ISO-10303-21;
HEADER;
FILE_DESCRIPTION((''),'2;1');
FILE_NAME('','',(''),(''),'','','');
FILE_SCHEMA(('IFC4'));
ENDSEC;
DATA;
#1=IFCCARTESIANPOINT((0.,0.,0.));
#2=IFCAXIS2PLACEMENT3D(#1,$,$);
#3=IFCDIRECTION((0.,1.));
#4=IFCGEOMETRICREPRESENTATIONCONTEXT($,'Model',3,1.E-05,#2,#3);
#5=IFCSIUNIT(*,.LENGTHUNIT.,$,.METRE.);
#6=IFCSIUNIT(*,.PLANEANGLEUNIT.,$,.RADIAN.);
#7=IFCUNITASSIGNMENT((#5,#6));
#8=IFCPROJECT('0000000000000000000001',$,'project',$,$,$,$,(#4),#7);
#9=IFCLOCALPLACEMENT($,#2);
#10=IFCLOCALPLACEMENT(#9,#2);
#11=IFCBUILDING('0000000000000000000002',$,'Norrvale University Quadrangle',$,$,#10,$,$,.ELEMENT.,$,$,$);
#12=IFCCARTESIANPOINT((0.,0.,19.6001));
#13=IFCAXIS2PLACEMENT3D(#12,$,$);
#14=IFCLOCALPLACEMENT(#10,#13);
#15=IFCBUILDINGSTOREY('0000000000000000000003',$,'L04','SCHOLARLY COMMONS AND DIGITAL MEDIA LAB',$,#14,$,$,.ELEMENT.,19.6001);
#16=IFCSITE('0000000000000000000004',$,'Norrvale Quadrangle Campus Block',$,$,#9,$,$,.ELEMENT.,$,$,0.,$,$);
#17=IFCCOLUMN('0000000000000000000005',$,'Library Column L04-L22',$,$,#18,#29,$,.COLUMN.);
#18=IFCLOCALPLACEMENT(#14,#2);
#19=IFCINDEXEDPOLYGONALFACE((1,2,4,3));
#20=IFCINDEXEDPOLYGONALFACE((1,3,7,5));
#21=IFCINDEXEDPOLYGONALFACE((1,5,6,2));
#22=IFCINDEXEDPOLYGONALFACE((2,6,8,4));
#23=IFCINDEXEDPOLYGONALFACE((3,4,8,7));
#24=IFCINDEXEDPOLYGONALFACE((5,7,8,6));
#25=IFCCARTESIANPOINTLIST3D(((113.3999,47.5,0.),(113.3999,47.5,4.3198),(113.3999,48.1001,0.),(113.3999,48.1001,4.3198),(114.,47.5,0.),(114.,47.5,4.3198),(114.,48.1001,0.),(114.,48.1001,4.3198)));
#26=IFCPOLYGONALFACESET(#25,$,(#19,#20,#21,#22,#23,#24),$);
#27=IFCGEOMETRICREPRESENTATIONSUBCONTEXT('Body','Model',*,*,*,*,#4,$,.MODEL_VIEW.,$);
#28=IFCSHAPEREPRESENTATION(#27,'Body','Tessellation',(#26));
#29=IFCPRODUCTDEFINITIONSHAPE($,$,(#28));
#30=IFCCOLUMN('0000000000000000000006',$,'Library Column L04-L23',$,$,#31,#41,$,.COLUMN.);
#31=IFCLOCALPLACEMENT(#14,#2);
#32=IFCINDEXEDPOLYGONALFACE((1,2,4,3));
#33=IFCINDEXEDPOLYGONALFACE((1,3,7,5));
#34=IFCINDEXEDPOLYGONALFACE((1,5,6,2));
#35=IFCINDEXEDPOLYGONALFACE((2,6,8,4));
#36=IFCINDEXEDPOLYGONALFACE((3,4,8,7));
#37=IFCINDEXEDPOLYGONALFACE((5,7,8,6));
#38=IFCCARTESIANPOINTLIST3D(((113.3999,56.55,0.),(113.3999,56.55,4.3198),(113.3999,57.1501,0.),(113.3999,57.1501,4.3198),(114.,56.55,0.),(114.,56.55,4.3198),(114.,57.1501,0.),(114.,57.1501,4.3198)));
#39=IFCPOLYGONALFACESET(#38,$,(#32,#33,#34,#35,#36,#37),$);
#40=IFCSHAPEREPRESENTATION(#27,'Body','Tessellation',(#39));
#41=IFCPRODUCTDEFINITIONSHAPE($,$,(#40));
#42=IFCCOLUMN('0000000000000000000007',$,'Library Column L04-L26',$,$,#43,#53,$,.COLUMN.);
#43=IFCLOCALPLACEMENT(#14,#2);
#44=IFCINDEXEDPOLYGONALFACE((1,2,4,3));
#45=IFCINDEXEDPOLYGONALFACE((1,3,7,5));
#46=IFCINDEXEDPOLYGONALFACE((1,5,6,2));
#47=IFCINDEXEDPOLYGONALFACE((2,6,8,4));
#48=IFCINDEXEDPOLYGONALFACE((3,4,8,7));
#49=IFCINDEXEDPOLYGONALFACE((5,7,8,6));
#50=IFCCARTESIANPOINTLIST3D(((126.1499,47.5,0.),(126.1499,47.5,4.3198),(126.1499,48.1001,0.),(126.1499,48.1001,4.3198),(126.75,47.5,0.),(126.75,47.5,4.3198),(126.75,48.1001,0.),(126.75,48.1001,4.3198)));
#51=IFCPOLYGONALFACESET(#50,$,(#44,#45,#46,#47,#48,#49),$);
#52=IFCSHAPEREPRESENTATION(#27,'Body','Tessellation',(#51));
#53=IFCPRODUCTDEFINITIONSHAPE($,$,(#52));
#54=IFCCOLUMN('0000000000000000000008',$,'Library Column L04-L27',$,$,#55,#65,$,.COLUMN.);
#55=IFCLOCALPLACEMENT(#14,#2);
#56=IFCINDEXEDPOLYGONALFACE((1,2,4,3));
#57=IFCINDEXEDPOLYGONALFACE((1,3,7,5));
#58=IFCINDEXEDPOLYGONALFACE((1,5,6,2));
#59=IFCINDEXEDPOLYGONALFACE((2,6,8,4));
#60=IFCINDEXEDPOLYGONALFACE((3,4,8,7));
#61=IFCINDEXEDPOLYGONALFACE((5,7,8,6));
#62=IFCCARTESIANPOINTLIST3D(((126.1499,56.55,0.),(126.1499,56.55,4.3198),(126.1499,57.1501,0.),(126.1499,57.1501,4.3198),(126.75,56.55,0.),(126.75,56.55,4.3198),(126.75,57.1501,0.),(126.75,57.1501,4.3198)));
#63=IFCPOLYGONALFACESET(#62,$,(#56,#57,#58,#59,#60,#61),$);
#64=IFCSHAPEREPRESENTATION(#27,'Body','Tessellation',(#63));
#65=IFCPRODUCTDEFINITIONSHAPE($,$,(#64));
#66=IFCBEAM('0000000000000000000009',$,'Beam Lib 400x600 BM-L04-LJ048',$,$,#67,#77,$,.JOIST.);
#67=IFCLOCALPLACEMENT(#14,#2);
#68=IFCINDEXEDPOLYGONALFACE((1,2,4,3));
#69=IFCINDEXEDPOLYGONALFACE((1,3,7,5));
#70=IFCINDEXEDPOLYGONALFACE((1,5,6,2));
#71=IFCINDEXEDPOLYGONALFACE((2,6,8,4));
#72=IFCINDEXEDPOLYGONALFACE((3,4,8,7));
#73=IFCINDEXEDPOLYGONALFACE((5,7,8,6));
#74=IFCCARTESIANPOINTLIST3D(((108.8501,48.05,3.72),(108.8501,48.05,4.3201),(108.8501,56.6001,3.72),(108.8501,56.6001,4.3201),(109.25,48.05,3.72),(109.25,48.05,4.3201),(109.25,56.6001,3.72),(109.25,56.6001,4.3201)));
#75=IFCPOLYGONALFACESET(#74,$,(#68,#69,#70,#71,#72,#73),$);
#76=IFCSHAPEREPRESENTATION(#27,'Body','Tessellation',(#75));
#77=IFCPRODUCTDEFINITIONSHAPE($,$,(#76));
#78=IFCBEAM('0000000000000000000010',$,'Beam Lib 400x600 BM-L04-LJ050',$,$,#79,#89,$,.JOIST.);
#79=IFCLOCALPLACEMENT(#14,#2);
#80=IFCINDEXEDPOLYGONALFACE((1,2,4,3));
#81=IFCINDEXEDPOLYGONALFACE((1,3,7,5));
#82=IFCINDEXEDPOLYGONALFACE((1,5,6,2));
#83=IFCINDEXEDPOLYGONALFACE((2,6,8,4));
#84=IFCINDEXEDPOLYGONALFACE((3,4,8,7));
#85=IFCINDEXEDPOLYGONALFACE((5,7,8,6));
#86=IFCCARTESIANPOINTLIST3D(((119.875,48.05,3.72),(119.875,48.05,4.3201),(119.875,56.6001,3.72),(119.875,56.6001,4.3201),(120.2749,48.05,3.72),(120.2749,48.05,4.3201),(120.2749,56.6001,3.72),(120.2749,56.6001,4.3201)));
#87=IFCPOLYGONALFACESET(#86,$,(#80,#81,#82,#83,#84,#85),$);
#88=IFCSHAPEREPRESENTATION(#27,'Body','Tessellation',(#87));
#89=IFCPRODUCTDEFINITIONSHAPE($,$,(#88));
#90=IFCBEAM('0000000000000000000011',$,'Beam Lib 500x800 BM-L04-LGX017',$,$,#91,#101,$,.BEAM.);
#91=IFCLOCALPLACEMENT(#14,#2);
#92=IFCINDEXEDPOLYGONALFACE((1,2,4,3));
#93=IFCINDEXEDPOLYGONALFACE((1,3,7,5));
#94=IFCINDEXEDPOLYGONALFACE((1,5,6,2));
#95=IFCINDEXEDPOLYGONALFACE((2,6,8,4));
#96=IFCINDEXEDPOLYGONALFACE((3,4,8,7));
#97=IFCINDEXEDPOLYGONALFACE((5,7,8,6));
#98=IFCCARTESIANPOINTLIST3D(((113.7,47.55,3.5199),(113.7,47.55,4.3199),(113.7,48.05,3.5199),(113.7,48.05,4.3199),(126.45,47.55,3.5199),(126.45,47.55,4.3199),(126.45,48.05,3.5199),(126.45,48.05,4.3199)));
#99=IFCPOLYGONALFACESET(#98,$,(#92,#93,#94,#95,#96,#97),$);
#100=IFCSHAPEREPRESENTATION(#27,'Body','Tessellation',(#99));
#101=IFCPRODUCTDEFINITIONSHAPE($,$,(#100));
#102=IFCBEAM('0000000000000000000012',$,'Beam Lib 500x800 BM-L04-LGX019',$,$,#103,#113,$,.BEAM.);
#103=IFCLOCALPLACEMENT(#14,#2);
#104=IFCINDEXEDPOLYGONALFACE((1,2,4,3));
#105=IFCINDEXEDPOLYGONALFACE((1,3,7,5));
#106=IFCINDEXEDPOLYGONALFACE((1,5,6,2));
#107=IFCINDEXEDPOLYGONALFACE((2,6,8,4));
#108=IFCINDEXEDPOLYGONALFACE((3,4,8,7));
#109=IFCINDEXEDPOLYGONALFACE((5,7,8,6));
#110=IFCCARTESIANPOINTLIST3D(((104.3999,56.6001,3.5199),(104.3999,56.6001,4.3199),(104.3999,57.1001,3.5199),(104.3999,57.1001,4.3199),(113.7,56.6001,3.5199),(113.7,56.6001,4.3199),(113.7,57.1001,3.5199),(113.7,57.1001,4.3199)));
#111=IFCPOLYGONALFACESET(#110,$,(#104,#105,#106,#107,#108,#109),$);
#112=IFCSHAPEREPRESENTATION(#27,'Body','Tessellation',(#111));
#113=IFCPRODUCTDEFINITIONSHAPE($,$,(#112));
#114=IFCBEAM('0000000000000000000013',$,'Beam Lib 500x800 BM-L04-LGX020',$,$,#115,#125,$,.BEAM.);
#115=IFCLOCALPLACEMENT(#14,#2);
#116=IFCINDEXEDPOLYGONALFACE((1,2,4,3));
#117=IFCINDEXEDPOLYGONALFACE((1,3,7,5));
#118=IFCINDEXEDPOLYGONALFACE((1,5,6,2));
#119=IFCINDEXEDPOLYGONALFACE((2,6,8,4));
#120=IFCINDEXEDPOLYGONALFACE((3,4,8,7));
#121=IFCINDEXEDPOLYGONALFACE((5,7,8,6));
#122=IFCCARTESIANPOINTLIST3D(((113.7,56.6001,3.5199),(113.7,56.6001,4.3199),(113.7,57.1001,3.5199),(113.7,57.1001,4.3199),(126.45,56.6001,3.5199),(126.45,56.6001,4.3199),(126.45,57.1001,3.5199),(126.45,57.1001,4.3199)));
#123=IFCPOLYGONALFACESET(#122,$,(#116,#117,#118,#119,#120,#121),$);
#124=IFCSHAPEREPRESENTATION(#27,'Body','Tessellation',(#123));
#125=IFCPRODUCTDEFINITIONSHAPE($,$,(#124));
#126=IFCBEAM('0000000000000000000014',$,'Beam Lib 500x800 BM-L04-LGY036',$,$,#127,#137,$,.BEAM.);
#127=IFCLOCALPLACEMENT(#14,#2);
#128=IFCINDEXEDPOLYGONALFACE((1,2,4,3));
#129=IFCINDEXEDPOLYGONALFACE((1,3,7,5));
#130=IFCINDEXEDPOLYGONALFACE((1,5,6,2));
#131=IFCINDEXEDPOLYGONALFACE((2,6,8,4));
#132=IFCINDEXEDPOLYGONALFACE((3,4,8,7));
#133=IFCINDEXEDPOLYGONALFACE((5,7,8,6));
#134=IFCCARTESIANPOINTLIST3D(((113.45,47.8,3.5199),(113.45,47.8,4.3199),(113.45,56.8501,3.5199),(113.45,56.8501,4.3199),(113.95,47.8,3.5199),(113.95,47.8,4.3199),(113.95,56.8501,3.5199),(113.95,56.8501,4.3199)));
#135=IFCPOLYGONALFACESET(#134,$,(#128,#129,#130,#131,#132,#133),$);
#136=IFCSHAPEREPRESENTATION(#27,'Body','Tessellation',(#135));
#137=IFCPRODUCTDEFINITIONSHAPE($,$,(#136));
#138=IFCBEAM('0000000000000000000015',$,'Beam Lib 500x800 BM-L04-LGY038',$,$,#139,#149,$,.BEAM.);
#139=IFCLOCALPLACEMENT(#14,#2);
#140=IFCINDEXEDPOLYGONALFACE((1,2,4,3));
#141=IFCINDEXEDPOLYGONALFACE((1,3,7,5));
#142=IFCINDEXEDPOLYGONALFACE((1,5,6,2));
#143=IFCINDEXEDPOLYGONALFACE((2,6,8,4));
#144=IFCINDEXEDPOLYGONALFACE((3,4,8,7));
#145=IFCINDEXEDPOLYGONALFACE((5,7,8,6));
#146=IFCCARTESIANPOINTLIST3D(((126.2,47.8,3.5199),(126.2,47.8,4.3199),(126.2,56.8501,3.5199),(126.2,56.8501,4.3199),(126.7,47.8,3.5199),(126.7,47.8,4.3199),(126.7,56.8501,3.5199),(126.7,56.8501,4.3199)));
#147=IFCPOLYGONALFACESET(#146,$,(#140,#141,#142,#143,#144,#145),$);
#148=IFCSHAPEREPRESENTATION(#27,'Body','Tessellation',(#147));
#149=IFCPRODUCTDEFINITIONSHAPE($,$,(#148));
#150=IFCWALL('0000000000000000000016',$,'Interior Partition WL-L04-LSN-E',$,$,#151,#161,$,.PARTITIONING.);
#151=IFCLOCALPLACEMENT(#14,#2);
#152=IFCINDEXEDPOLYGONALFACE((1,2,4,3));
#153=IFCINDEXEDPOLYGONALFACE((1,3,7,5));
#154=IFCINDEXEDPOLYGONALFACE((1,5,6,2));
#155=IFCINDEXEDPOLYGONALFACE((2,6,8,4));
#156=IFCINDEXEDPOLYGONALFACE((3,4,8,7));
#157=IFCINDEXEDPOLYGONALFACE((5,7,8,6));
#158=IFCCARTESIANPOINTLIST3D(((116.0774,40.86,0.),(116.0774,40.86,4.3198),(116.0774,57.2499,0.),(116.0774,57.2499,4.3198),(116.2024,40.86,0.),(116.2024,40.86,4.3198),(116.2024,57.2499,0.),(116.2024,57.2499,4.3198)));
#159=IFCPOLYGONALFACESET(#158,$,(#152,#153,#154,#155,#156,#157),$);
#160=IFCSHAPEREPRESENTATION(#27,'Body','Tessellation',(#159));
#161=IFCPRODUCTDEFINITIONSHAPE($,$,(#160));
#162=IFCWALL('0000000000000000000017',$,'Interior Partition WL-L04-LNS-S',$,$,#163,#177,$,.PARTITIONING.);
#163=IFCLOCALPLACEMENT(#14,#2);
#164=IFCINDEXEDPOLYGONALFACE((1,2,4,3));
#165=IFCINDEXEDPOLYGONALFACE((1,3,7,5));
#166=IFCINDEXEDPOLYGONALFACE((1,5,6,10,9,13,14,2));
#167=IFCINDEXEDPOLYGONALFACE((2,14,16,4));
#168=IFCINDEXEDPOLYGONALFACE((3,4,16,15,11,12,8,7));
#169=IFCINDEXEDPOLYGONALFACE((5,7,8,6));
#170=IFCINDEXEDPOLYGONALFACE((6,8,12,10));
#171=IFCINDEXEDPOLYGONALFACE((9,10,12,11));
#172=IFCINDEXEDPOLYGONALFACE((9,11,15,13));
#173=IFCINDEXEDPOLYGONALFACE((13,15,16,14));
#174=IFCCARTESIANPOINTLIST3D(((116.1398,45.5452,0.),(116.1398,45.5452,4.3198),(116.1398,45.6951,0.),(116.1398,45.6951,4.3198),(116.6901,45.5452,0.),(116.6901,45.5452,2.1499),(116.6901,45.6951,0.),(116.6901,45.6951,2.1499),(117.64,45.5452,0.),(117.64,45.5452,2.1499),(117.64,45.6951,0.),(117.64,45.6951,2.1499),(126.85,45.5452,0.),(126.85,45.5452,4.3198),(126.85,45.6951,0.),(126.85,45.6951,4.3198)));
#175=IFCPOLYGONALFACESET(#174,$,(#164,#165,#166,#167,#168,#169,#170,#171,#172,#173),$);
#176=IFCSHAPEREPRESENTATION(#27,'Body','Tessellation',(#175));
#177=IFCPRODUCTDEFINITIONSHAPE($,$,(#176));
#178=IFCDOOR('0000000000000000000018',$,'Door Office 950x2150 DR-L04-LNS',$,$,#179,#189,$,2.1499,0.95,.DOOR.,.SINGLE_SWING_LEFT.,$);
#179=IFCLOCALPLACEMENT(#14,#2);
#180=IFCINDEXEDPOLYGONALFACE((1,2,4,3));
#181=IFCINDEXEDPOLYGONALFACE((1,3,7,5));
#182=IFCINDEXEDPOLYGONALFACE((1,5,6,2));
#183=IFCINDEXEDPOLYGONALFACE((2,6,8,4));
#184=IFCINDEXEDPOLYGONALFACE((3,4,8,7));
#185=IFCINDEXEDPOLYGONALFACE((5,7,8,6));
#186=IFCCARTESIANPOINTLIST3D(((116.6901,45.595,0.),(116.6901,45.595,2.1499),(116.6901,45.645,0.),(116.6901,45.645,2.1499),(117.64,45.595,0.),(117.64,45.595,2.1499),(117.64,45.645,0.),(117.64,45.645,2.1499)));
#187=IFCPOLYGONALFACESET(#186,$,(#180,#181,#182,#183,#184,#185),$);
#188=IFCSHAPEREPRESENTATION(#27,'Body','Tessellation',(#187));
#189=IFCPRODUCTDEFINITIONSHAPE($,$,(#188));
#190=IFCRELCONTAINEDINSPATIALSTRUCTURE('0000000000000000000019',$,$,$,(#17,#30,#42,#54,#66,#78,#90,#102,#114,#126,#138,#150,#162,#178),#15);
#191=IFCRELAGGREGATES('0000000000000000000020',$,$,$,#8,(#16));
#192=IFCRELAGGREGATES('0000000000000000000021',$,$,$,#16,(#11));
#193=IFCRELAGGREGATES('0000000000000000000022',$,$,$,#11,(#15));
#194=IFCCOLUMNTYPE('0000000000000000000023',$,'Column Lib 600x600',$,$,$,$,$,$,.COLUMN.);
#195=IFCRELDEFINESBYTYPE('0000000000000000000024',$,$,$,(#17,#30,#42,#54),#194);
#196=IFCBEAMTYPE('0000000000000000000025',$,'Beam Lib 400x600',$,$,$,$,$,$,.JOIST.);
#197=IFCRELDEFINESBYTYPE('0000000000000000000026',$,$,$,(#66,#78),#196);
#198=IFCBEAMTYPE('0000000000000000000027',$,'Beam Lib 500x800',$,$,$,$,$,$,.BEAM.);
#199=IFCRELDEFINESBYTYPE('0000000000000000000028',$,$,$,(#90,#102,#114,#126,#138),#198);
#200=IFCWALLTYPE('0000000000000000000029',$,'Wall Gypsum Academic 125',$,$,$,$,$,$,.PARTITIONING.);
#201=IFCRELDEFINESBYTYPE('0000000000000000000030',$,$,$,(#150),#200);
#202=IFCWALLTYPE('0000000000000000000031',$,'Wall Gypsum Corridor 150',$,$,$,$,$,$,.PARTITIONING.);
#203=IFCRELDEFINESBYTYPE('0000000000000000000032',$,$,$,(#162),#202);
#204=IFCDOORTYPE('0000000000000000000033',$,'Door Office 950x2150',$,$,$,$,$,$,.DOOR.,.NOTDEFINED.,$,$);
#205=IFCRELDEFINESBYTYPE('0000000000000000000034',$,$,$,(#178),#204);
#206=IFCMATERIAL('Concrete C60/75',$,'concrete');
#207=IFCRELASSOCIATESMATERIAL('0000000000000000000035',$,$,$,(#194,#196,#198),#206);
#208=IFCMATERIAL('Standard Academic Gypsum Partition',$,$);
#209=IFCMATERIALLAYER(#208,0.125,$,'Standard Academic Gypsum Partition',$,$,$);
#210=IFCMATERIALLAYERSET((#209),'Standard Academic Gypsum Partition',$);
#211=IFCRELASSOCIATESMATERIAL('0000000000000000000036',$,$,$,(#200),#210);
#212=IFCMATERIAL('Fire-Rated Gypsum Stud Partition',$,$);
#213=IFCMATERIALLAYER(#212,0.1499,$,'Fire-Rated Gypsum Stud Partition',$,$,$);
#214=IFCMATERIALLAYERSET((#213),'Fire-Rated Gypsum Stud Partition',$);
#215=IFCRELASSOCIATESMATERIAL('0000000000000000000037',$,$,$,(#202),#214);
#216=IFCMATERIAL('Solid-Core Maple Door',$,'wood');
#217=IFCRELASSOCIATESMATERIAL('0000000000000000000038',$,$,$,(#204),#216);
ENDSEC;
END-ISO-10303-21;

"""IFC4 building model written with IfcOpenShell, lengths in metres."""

from ifc_helpers import new_model, si_unit, direction, frame, frame_2d, origin, origin_2d, place, context, subcontext, project, spatial, rectangle, extrude, material, layer, layer_set, material_profile, profile_set, type_object, element, fill, save


model = new_model("IFC4")

# Units and contexts
model_context = context("Model", 3, precision=1e-05, world=origin(), true_north=direction((0.0, 1.0)))
body_context = subcontext(model_context, "Body", "Model", "MODEL_VIEW")
ifc_project = project(units=[si_unit("LENGTHUNIT", "METRE"), si_unit("PLANEANGLEUNIT", "RADIAN")], contexts=[model_context])

# Site, building, storey
site_placement = place(None, origin())
site = spatial("IfcSite", under=ifc_project, at=site_placement, Name="Norrvale Quadrangle Campus Block", CompositionType="ELEMENT", RefElevation=0.0)
building_placement = place(site_placement, origin())
building = spatial("IfcBuilding", under=site, at=building_placement, Name="Norrvale University Quadrangle", CompositionType="ELEMENT")
storey_placement = place(building_placement, frame((0.0, 0.0, 19.6001)))
storey = spatial("IfcBuildingStorey", under=building, at=storey_placement, Name="L04", Description="SCHOLARLY COMMONS AND DIGITAL MEDIA LAB", CompositionType="ELEMENT", Elevation=19.6001)

# Columns
ifc_material_1 = material(Name="Concrete C60/75", Category="concrete")
ifc_material_profile_1 = material_profile(ifc_material_1, rectangle(XDim=0.6001, YDim=0.6001, at=origin_2d()), Name="Concrete C60/75")
ifc_profile_set_1 = profile_set([ifc_material_profile_1], Name="Concrete C60/75")
column_type = type_object("IfcColumnType", Name="Column Lib 600x600", PredefinedType="COLUMN", material=ifc_profile_set_1)
for number, where, z_axis, x_axis, name in (
    (1, (113.7, 47.8, 0.0), (0.0, 0.0, 1.0), (1.0, 0.0, 0.0), "Library Column L04-L22"),
    (2, (113.7, 56.8501, 0.0), (0.0, 0.0, 1.0), (1.0, 0.0, 0.0), "Library Column L04-L23"),
    (3, (126.45, 47.8, 0.0), (0.0, 0.0, 1.0), (1.0, 0.0, 0.0), "Library Column L04-L26"),
    (4, (126.45, 56.8501, 0.0), (0.0, 0.0, 1.0), (1.0, 0.0, 0.0), "Library Column L04-L27"),
):
    element("IfcColumn", number, at=place(storey_placement, frame(where, z_axis=z_axis, x_axis=x_axis)), inside=storey, type_object=column_type, Name=name, PredefinedType="COLUMN", context=body_context, shape_type="SweptSolid", body=[
        extrude(rectangle(XDim=0.6001, YDim=0.6001, at=origin_2d()), origin(), (0.0, 0.0, 1.0), 4.3198),
    ])

# Beams
ifc_material_profile_2 = material_profile(ifc_material_1, rectangle(XDim=0.3999, YDim=0.6001, at=origin_2d()), Name="Concrete C60/75")
ifc_profile_set_2 = profile_set([ifc_material_profile_2], Name="Concrete C60/75")
beam_type_1 = type_object("IfcBeamType", Name="Beam Lib 400x600", PredefinedType="JOIST", material=ifc_profile_set_2)
for number, where, z_axis, x_axis, name in (
    (5, (109.05, 48.05, 4.02), (0.0, 1.0, 0.0), (-1.0, 0.0, 0.0), "Beam Lib 400x600 BM-L04-LJ048"),
    (6, (120.075, 48.05, 4.02), (0.0, 1.0, 0.0), (-1.0, 0.0, 0.0), "Beam Lib 400x600 BM-L04-LJ050"),
):
    element("IfcBeam", number, at=place(storey_placement, frame(where, z_axis=z_axis, x_axis=x_axis)), inside=storey, type_object=beam_type_1, Name=name, PredefinedType="JOIST", context=body_context, shape_type="SweptSolid", body=[
        extrude(rectangle(XDim=0.3999, YDim=0.6001, at=origin_2d()), origin(), (0.0, 0.0, 1.0), 8.55),
    ])
ifc_material_profile_3 = material_profile(ifc_material_1, rectangle(XDim=0.5, YDim=0.8, at=origin_2d()), Name="Concrete C60/75")
ifc_profile_set_3 = profile_set([ifc_material_profile_3], Name="Concrete C60/75")
beam_type_2 = type_object("IfcBeamType", Name="Beam Lib 500x800", PredefinedType="BEAM", material=ifc_profile_set_3)
beam_1_placement = place(storey_placement, frame((113.7, 47.8, 3.9199), z_axis=(1.0, 0.0, 0.0), x_axis=(0.0, 1.0, 0.0)))
element("IfcBeam", 7, at=beam_1_placement, inside=storey, type_object=beam_type_2, Name="Beam Lib 500x800 BM-L04-LGX017", PredefinedType="BEAM", context=body_context, shape_type="SweptSolid", body=[
    extrude(rectangle(XDim=0.5, YDim=0.8, at=origin_2d()), origin(), (0.0, 0.0, 1.0), 12.75),
])
beam_2_placement = place(storey_placement, frame((104.3999, 56.8501, 3.9199), z_axis=(1.0, 0.0, 0.0), x_axis=(0.0, 1.0, 0.0)))
element("IfcBeam", 8, at=beam_2_placement, inside=storey, type_object=beam_type_2, Name="Beam Lib 500x800 BM-L04-LGX019", PredefinedType="BEAM", context=body_context, shape_type="SweptSolid", body=[
    extrude(rectangle(XDim=0.5, YDim=0.8, at=origin_2d()), origin(), (0.0, 0.0, 1.0), 9.3),
])
beam_3_placement = place(storey_placement, frame((113.7, 56.8501, 3.9199), z_axis=(1.0, 0.0, 0.0), x_axis=(0.0, 1.0, 0.0)))
element("IfcBeam", 9, at=beam_3_placement, inside=storey, type_object=beam_type_2, Name="Beam Lib 500x800 BM-L04-LGX020", PredefinedType="BEAM", context=body_context, shape_type="SweptSolid", body=[
    extrude(rectangle(XDim=0.5, YDim=0.8, at=origin_2d()), origin(), (0.0, 0.0, 1.0), 12.75),
])
for number, where, z_axis, x_axis, name in (
    (10, (113.7, 47.8, 3.9199), (0.0, 1.0, 0.0), (-1.0, 0.0, 0.0), "Beam Lib 500x800 BM-L04-LGY036"),
    (11, (126.45, 47.8, 3.9199), (0.0, 1.0, 0.0), (-1.0, 0.0, 0.0), "Beam Lib 500x800 BM-L04-LGY038"),
):
    element("IfcBeam", number, at=place(storey_placement, frame(where, z_axis=z_axis, x_axis=x_axis)), inside=storey, type_object=beam_type_2, Name=name, PredefinedType="BEAM", context=body_context, shape_type="SweptSolid", body=[
        extrude(rectangle(XDim=0.5, YDim=0.8, at=origin_2d()), origin(), (0.0, 0.0, 1.0), 9.05),
    ])

# Wall
ifc_material_2 = material(Name="Standard Academic Gypsum Partition")
ifc_layer_1 = layer(ifc_material_2, 0.125, Name="Standard Academic Gypsum Partition")
ifc_layer_set_1 = layer_set([ifc_layer_1], Name="Standard Academic Gypsum Partition")
wall_type_1 = type_object("IfcWallType", Name="Wall Gypsum Academic 125", PredefinedType="PARTITIONING", material=ifc_layer_set_1)
wall_1_placement = place(storey_placement, frame((116.1399, 40.8601, 0.0), z_axis=(0.0, 0.0, 1.0), x_axis=(0.0, 1.0, 0.0)))
element("IfcWall", 12, at=wall_1_placement, inside=storey, type_object=wall_type_1, Name="Interior Partition WL-L04-LSN-E", PredefinedType="PARTITIONING", context=body_context, shape_type="SweptSolid", body=[
    extrude(rectangle(XDim=16.3899, YDim=0.125, at=frame_2d((8.1948, 0.0))), origin(), (0.0, 0.0, 1.0), 4.3198),
])

# Wall, opening, door
ifc_material_3 = material(Name="Fire-Rated Gypsum Stud Partition")
ifc_layer_2 = layer(ifc_material_3, 0.1499, Name="Fire-Rated Gypsum Stud Partition")
ifc_layer_set_2 = layer_set([ifc_layer_2], Name="Fire-Rated Gypsum Stud Partition")
wall_type_2 = type_object("IfcWallType", Name="Wall Gypsum Corridor 150", PredefinedType="PARTITIONING", material=ifc_layer_set_2)
wall_2_placement = place(storey_placement, frame((116.1399, 45.6201, 0.0), z_axis=(0.0, 0.0, 1.0), x_axis=(1.0, 0.0, 0.0)))
wall_2 = element("IfcWall", 13, at=wall_2_placement, inside=storey, type_object=wall_type_2, Name="Interior Partition WL-L04-LNS-S", PredefinedType="PARTITIONING", context=body_context, shape_type="SweptSolid", body=[
    extrude(rectangle(XDim=10.7102, YDim=0.1499, at=frame_2d((5.355, 0.0))), origin(), (0.0, 0.0, 1.0), 4.3198),
])
opening_placement = place(wall_2_placement, frame((0.55, 0.0, 0.0)))
opening = element("IfcOpeningElement", 14, at=opening_placement, cuts=wall_2, PredefinedType="OPENING", context=body_context, shape_type="SweptSolid", body=[
    extrude(rectangle(XDim=0.95, YDim=2.1499, at=frame_2d((0.4751, 1.075))), frame((0.0, 0.0869, 0.0), z_axis=(0.0, -1.0, 0.0), x_axis=(1.0, 0.0, 0.0)), (0.0, 0.0, 1.0), 0.1738),
])
ifc_material_4 = material(Name="Solid-Core Maple Door", Category="wood")
door_type = type_object("IfcDoorType", Name="Door Office 950x2150", OperationType="NOTDEFINED", PredefinedType="DOOR", material=ifc_material_4)
door_placement = place(opening_placement, origin())
door = element("IfcDoor", 15, at=door_placement, inside=storey, type_object=door_type, Name="Door Office 950x2150 DR-L04-LNS", OperationType="SINGLE_SWING_LEFT", OverallHeight=2.1499, OverallWidth=0.95, PredefinedType="DOOR", context=body_context, shape_type="SweptSolid", body=[
    extrude(rectangle(XDim=0.95, YDim=2.1499, at=frame_2d((0.4751, 1.075))), frame((0.0, 0.0249, 0.0), z_axis=(0.0, -1.0, 0.0), x_axis=(1.0, 0.0, 0.0)), (0.0, 0.0, 1.0), 0.05),
])
fill(opening, door)

save(model, "model.ifc")
